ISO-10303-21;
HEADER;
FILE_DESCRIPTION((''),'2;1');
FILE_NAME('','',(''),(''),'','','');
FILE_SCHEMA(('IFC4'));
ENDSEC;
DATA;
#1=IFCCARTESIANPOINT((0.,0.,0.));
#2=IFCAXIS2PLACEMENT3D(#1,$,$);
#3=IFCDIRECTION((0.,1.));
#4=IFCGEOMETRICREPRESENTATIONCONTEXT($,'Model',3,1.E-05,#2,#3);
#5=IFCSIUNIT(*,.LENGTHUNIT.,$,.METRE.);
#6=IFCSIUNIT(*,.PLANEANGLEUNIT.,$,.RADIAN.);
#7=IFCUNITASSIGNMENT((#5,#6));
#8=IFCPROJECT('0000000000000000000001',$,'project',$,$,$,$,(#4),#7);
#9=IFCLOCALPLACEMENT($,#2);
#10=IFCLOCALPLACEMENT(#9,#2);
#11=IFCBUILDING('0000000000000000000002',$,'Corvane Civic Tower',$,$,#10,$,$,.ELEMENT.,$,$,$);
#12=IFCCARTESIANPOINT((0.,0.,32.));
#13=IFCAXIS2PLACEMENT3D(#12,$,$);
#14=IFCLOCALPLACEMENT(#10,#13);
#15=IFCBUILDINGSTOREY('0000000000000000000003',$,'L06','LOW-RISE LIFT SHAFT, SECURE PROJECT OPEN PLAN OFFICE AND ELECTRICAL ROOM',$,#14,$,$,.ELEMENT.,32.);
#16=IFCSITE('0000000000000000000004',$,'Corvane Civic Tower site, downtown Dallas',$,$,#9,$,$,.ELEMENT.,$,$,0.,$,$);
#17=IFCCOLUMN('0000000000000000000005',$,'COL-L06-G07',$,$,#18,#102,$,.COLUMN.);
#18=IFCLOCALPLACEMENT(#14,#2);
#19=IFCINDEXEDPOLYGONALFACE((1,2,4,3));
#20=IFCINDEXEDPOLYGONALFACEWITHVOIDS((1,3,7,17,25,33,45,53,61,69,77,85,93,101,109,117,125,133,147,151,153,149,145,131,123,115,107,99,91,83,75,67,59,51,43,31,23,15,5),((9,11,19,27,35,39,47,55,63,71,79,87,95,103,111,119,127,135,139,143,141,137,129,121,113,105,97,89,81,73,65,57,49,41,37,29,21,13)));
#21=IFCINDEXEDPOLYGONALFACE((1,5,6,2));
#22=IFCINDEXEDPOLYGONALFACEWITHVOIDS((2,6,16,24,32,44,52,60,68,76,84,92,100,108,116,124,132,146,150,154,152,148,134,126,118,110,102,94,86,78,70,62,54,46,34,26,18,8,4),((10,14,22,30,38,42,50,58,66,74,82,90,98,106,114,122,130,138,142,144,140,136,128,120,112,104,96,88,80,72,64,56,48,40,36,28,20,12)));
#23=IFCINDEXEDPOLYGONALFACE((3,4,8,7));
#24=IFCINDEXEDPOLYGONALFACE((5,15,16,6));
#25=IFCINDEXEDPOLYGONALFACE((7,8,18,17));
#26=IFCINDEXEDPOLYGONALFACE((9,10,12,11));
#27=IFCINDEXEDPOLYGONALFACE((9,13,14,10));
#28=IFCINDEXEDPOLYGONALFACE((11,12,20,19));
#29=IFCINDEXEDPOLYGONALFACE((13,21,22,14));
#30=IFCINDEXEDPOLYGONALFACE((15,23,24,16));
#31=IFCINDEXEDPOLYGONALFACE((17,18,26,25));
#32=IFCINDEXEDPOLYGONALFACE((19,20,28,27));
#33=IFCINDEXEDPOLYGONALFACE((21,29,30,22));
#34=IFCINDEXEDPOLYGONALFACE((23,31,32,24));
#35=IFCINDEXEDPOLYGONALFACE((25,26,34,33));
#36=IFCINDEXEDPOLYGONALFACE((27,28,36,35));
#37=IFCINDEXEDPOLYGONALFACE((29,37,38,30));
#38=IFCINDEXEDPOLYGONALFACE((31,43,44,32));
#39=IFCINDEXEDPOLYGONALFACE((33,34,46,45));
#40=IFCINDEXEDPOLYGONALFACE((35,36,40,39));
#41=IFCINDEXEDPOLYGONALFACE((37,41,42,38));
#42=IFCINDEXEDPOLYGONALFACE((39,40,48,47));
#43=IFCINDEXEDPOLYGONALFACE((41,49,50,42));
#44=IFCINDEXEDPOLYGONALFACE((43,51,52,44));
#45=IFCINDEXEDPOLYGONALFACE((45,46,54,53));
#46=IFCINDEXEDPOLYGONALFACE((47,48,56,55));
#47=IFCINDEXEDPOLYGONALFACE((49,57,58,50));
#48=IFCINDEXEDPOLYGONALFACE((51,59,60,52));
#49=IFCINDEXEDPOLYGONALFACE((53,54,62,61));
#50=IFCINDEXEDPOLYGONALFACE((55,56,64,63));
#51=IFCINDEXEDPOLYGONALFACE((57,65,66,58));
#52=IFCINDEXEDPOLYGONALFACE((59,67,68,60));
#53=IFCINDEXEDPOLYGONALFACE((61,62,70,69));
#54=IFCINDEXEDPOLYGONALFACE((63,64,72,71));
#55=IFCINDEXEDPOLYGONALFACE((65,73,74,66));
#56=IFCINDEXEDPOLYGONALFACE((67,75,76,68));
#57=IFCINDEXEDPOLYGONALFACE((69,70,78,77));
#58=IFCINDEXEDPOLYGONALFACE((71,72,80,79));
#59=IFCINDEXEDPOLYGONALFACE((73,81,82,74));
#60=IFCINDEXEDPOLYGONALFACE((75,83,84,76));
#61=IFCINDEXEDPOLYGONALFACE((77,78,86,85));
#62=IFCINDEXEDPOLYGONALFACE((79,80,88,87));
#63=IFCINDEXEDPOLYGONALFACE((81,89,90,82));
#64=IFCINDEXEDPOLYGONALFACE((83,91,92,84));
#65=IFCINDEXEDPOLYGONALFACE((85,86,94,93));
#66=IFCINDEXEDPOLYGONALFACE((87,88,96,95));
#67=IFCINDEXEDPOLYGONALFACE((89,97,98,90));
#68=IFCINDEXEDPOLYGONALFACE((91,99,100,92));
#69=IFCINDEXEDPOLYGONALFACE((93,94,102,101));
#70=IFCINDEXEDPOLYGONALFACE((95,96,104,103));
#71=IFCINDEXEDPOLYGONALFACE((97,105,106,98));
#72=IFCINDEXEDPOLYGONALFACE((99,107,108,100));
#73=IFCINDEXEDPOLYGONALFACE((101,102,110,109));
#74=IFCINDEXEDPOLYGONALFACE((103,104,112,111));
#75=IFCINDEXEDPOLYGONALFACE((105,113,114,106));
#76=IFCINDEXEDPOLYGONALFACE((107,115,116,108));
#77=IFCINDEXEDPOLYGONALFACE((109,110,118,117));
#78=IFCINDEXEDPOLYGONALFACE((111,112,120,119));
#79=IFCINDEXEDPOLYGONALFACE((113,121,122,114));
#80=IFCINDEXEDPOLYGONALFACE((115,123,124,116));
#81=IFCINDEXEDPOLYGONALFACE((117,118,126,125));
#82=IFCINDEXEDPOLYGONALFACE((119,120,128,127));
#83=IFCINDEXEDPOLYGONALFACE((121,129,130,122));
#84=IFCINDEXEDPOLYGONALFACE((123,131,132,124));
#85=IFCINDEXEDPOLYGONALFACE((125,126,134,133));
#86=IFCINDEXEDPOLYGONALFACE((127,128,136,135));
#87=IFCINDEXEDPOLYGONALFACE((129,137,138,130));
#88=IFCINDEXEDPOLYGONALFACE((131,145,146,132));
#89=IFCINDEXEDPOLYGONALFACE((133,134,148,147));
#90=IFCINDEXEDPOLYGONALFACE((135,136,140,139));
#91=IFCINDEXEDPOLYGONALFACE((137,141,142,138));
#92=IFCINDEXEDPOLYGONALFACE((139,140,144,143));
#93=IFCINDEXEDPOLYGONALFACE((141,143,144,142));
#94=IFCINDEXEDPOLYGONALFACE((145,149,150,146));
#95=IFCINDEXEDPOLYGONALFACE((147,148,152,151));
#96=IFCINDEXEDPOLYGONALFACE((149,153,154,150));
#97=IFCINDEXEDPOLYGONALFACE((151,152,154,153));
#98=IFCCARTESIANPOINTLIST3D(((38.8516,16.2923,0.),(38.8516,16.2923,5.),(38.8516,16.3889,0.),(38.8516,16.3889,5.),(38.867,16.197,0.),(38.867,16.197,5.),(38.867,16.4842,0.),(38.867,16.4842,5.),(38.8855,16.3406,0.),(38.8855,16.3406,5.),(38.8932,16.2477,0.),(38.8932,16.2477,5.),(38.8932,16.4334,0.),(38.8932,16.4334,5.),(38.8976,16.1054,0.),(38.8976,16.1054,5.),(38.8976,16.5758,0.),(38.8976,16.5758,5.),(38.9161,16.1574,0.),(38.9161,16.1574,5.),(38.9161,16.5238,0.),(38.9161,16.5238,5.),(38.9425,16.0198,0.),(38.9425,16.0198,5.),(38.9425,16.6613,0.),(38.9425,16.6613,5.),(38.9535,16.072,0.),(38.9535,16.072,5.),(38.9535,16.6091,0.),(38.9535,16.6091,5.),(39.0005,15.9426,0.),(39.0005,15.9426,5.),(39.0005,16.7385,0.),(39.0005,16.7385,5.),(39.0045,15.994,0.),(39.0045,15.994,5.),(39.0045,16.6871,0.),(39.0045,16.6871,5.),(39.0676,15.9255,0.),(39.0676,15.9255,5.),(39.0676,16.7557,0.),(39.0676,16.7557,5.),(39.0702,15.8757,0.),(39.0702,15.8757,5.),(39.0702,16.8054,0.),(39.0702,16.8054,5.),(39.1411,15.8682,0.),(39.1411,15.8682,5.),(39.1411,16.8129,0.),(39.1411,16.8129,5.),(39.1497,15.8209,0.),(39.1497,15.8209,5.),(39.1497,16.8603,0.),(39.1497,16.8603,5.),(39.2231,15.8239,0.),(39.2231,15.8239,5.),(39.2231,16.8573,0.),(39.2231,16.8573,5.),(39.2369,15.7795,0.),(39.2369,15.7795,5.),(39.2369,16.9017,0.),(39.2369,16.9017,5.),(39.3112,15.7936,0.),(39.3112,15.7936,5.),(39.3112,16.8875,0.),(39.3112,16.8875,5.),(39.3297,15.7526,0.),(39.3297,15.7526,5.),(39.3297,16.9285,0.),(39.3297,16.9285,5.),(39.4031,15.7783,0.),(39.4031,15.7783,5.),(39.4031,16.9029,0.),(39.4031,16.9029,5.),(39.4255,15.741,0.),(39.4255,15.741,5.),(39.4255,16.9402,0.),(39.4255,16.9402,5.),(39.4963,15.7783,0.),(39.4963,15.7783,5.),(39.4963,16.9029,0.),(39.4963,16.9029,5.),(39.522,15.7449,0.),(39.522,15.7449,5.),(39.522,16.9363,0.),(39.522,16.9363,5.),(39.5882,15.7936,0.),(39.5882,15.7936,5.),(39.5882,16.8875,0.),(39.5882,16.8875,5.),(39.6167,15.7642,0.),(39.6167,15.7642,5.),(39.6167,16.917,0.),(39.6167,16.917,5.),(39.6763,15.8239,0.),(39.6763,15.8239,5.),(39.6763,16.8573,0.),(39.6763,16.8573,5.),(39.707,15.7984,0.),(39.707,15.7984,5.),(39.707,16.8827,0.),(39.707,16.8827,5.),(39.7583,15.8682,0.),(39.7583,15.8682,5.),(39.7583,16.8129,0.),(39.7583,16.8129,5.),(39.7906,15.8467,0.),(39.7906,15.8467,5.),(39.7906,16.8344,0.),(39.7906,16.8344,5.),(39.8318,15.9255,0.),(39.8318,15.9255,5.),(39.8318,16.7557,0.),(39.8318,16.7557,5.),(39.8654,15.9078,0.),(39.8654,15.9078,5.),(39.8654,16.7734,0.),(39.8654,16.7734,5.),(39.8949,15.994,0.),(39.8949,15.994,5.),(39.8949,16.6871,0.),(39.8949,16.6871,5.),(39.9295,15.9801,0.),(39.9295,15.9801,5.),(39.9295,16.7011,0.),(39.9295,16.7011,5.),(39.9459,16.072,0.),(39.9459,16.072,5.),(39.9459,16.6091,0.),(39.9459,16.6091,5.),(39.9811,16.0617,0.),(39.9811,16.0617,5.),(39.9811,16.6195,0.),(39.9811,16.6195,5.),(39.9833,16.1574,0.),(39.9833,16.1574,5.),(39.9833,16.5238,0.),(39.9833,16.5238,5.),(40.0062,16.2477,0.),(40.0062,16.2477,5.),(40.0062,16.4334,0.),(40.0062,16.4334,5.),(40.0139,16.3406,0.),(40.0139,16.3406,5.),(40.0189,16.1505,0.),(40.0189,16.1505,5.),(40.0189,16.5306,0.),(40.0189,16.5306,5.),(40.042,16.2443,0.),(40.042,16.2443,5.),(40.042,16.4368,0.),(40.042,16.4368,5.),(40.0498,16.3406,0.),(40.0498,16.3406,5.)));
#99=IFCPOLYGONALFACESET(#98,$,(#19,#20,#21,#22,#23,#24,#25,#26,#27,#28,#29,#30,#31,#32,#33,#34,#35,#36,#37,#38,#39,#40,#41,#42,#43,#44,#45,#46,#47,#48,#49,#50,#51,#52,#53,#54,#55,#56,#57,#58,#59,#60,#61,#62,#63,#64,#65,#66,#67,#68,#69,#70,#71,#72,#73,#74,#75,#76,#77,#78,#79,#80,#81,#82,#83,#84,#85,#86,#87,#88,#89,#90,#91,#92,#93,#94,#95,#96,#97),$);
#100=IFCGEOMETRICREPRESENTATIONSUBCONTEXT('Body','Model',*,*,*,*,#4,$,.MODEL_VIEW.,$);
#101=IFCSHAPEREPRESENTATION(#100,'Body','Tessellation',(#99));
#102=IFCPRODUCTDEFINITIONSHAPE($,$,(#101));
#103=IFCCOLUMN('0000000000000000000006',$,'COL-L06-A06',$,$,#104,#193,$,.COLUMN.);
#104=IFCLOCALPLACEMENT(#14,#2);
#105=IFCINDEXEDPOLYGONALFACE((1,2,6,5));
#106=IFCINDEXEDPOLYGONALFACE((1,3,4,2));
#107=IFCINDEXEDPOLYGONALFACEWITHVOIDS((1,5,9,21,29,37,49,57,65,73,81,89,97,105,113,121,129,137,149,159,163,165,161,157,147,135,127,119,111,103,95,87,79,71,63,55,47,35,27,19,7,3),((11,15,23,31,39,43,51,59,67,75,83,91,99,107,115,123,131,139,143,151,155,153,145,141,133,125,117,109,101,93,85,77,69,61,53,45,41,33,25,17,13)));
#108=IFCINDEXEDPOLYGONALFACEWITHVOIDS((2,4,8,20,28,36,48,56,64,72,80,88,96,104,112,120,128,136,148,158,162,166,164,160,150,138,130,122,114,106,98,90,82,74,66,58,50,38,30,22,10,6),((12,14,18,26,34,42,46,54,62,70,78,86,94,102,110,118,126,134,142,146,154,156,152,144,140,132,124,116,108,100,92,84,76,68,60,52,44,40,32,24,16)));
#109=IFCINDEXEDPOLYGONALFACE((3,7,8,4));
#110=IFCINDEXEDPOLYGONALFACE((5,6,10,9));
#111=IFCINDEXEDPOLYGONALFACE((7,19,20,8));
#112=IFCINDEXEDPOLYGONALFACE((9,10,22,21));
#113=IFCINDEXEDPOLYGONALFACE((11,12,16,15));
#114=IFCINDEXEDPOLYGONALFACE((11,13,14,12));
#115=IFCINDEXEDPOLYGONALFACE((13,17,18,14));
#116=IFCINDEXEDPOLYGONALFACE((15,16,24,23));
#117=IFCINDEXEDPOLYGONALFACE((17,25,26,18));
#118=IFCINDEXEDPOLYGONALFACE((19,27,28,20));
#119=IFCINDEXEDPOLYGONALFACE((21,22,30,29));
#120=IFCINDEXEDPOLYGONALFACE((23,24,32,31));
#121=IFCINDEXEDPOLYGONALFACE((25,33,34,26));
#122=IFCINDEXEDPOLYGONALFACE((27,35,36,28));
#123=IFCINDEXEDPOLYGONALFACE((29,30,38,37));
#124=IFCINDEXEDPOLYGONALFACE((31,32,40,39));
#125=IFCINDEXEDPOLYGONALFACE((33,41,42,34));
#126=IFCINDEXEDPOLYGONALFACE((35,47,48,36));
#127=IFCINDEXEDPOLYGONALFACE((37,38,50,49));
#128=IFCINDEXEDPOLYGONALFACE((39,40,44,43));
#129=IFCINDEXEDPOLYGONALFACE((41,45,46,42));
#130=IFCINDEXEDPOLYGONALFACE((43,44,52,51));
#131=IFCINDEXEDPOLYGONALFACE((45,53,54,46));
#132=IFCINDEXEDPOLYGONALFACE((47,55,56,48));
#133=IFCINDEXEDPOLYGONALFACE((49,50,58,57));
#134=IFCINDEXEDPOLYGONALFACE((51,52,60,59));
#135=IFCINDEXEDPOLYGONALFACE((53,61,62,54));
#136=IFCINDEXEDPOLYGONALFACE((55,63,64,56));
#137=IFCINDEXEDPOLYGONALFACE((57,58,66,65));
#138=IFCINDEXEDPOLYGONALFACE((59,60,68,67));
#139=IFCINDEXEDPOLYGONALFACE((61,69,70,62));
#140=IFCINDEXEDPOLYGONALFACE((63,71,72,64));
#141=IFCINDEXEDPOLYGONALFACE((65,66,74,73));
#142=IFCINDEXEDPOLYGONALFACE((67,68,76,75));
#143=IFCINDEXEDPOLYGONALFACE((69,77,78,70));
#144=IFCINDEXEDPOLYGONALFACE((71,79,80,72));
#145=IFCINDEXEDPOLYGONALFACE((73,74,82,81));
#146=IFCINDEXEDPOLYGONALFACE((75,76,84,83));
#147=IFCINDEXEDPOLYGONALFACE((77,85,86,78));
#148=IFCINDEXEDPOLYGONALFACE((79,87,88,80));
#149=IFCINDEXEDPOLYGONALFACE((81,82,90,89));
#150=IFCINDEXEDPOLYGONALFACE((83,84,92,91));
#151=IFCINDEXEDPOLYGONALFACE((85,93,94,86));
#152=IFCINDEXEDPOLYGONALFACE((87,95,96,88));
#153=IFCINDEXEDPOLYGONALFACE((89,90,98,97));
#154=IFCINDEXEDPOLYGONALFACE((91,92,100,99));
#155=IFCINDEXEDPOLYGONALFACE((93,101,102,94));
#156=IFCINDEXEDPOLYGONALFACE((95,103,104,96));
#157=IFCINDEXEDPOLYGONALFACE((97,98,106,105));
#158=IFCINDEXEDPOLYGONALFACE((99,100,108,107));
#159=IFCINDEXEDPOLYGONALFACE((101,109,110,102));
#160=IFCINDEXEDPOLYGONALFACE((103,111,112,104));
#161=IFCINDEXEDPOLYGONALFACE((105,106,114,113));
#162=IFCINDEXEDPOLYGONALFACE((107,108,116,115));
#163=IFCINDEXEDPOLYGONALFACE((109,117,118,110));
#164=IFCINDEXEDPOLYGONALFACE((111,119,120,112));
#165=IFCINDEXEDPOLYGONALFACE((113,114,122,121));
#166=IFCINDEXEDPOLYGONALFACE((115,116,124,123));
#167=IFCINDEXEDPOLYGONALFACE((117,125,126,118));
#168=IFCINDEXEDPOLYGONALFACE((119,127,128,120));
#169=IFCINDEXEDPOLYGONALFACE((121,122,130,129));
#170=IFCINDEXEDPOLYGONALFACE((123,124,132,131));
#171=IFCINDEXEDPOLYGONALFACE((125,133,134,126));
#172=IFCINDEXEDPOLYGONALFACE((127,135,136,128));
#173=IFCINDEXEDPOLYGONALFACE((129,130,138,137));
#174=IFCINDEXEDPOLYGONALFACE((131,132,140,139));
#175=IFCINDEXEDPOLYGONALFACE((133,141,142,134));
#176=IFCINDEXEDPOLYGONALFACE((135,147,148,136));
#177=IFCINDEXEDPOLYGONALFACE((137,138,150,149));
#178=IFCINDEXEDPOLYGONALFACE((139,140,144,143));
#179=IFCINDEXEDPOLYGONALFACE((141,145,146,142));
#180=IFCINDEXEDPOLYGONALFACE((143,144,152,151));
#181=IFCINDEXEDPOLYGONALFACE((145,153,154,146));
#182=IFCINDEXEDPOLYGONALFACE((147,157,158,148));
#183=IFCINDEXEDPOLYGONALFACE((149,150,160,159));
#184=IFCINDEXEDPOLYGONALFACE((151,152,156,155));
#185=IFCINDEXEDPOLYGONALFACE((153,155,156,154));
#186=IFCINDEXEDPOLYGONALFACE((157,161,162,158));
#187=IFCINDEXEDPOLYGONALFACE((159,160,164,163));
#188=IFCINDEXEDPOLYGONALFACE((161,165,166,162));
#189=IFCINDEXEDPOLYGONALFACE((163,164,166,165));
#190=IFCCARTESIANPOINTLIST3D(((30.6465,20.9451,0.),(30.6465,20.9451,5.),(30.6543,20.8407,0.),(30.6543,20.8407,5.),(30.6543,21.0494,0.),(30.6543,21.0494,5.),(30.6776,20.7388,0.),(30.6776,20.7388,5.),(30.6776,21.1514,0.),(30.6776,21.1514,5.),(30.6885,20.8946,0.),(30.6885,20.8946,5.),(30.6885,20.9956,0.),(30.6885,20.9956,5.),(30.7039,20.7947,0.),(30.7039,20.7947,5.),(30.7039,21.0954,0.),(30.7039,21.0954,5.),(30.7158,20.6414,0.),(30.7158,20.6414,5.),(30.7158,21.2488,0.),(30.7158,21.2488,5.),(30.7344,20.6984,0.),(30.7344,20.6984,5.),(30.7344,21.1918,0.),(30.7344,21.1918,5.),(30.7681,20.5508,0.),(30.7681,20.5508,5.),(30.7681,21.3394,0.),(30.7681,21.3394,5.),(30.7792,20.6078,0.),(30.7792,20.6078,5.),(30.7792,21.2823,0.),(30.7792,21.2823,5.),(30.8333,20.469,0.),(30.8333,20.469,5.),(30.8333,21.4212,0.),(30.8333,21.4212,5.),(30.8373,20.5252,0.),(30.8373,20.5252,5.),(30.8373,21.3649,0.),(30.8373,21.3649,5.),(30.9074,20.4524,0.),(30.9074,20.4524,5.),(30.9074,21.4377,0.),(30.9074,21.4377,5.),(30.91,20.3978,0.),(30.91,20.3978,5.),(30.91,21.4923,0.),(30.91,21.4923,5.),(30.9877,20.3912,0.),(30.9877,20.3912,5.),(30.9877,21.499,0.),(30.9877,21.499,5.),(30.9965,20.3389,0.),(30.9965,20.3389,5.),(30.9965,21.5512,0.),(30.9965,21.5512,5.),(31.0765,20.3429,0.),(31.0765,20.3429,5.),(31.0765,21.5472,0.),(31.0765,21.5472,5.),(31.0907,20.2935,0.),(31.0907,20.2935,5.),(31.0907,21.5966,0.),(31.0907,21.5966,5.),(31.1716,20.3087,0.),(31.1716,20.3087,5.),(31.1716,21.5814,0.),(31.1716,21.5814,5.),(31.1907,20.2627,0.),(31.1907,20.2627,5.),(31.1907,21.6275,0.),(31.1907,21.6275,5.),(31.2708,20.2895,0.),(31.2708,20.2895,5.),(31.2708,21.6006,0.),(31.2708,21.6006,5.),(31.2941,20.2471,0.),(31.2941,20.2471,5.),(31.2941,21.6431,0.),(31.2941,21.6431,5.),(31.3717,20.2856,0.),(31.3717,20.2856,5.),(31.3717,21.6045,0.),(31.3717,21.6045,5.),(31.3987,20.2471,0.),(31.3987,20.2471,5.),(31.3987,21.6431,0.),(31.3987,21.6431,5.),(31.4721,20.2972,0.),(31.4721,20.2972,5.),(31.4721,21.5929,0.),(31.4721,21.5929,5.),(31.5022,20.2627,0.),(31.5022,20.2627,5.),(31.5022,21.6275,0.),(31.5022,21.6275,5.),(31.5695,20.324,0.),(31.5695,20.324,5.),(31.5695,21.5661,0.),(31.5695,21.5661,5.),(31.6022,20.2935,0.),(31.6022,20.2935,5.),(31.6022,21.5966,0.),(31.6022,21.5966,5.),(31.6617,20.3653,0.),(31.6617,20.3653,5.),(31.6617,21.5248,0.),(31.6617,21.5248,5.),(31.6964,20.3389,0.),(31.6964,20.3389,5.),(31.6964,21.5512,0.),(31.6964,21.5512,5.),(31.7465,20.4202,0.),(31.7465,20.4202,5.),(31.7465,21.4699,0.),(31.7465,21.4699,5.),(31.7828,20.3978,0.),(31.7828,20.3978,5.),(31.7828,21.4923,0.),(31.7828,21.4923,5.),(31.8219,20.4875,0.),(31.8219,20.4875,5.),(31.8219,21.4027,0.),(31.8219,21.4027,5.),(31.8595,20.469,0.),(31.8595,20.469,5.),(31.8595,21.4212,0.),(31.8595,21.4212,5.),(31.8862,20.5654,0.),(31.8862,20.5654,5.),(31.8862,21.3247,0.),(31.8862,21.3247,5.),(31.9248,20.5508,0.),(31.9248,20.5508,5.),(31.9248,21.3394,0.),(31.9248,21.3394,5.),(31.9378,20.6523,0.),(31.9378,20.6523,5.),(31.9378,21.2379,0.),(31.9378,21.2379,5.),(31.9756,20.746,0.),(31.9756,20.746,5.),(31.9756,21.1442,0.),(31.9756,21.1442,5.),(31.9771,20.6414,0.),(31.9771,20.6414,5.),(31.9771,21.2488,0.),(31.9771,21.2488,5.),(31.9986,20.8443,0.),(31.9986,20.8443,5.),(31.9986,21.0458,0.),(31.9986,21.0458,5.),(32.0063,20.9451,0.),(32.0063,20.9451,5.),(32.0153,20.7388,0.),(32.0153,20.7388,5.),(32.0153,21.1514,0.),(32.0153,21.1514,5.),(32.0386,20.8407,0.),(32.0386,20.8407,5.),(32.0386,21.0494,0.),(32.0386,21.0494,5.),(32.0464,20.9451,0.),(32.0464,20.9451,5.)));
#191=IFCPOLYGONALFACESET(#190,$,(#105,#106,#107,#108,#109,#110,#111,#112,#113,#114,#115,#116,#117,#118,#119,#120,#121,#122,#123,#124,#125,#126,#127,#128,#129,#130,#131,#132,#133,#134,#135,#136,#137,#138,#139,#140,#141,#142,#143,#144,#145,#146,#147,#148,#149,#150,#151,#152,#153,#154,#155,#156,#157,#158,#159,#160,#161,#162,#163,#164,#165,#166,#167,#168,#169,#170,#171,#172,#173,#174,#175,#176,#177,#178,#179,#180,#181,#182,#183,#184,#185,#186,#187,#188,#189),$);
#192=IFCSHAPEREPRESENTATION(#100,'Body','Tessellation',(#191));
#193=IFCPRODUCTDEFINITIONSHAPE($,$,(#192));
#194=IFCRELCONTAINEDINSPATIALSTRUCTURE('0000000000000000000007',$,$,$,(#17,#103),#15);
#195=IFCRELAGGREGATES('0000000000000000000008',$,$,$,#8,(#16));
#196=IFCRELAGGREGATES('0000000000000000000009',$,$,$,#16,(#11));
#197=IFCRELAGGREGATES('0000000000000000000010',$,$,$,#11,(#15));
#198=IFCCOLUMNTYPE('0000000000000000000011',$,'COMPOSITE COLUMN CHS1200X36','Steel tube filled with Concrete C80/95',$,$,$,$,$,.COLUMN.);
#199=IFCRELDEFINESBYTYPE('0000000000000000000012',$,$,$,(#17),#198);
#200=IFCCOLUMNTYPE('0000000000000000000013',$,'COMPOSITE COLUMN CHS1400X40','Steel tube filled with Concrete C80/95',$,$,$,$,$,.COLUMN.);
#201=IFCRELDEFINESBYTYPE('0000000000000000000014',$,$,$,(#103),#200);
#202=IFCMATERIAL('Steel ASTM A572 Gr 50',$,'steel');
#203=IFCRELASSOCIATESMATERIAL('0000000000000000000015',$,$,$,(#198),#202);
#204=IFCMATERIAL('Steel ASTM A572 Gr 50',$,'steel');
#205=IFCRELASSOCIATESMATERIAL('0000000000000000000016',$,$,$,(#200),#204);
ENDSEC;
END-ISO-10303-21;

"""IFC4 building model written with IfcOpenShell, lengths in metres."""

from ifc_helpers import new_model, si_unit, direction, frame, origin, origin_2d, place, context, subcontext, project, spatial, hollow_circle, extrude, material, material_profile, profile_set, type_object, element, save


model = new_model("IFC4")

# Units and contexts
model_context = context("Model", 3, precision=1e-05, world=origin(), true_north=direction((0.0, 1.0)))
body_context = subcontext(model_context, "Body", "Model", "MODEL_VIEW")
ifc_project = project(units=[si_unit("LENGTHUNIT", "METRE"), si_unit("PLANEANGLEUNIT", "RADIAN")], contexts=[model_context])

# Site, building, storey
site_placement = place(None, origin())
site = spatial("IfcSite", under=ifc_project, at=site_placement, Name="Corvane Civic Tower site, downtown Dallas", CompositionType="ELEMENT", RefElevation=0.0)
building_placement = place(site_placement, origin())
building = spatial("IfcBuilding", under=site, at=building_placement, Name="Corvane Civic Tower", CompositionType="ELEMENT")
storey_placement = place(building_placement, frame((0.0, 0.0, 32.0)))
storey = spatial("IfcBuildingStorey", under=building, at=storey_placement, Name="L06", Description="LOW-RISE LIFT SHAFT, SECURE PROJECT OPEN PLAN OFFICE AND ELECTRICAL ROOM", CompositionType="ELEMENT", Elevation=32.0)

# Columns
ifc_material_1 = material(Name="Steel ASTM A572 Gr 50", Category="steel")
ifc_material_profile_1 = material_profile(ifc_material_1, hollow_circle(Radius=0.6001, WallThickness=0.0359, at=origin_2d()), Name="CHS1200X36")
ifc_profile_set_1 = profile_set([ifc_material_profile_1], Name="Steel ASTM A572 Gr 50")
column_type_1 = type_object("IfcColumnType", Name="COMPOSITE COLUMN CHS1200X36", Description="Steel tube filled with Concrete C80/95", PredefinedType="COLUMN", material=ifc_profile_set_1)
column_placement = place(storey_placement, frame((39.4497, 16.3406, 0.0), z_axis=(0.0, 0.0, 1.0), x_axis=(1.0, 0.0, 0.0)))
element("IfcColumn", 1, at=column_placement, inside=storey, type_object=column_type_1, Name="COL-L06-G07", PredefinedType="COLUMN", context=body_context, shape_type="SweptSolid", body=[
    extrude(hollow_circle(Radius=0.6001, WallThickness=0.0359, at=origin_2d()), origin(), (0.0, 0.0, 1.0), 5.0),
])
ifc_material_2 = material(Name="Steel ASTM A572 Gr 50", Category="steel")
ifc_material_profile_2 = material_profile(ifc_material_2, hollow_circle(Radius=0.7, WallThickness=0.04, at=origin_2d()), Name="CHS1400X40")
ifc_profile_set_2 = profile_set([ifc_material_profile_2], Name="Steel ASTM A572 Gr 50")
column_type_2 = type_object("IfcColumnType", Name="COMPOSITE COLUMN CHS1400X40", Description="Steel tube filled with Concrete C80/95", PredefinedType="COLUMN", material=ifc_profile_set_2)
for number, where, z_axis, x_axis, name in (
    (2, (31.3464, 20.9451, 0.0), (0.0, 0.0, 1.0), (1.0, 0.0, 0.0), "COL-L06-A06"),
):
    element("IfcColumn", number, at=place(storey_placement, frame(where, z_axis=z_axis, x_axis=x_axis)), inside=storey, type_object=column_type_2, Name=name, PredefinedType="COLUMN", context=body_context, shape_type="SweptSolid", body=[
        extrude(hollow_circle(Radius=0.7, WallThickness=0.04, at=origin_2d()), origin(), (0.0, 0.0, 1.0), 5.0),
    ])

save(model, "model.ifc")
